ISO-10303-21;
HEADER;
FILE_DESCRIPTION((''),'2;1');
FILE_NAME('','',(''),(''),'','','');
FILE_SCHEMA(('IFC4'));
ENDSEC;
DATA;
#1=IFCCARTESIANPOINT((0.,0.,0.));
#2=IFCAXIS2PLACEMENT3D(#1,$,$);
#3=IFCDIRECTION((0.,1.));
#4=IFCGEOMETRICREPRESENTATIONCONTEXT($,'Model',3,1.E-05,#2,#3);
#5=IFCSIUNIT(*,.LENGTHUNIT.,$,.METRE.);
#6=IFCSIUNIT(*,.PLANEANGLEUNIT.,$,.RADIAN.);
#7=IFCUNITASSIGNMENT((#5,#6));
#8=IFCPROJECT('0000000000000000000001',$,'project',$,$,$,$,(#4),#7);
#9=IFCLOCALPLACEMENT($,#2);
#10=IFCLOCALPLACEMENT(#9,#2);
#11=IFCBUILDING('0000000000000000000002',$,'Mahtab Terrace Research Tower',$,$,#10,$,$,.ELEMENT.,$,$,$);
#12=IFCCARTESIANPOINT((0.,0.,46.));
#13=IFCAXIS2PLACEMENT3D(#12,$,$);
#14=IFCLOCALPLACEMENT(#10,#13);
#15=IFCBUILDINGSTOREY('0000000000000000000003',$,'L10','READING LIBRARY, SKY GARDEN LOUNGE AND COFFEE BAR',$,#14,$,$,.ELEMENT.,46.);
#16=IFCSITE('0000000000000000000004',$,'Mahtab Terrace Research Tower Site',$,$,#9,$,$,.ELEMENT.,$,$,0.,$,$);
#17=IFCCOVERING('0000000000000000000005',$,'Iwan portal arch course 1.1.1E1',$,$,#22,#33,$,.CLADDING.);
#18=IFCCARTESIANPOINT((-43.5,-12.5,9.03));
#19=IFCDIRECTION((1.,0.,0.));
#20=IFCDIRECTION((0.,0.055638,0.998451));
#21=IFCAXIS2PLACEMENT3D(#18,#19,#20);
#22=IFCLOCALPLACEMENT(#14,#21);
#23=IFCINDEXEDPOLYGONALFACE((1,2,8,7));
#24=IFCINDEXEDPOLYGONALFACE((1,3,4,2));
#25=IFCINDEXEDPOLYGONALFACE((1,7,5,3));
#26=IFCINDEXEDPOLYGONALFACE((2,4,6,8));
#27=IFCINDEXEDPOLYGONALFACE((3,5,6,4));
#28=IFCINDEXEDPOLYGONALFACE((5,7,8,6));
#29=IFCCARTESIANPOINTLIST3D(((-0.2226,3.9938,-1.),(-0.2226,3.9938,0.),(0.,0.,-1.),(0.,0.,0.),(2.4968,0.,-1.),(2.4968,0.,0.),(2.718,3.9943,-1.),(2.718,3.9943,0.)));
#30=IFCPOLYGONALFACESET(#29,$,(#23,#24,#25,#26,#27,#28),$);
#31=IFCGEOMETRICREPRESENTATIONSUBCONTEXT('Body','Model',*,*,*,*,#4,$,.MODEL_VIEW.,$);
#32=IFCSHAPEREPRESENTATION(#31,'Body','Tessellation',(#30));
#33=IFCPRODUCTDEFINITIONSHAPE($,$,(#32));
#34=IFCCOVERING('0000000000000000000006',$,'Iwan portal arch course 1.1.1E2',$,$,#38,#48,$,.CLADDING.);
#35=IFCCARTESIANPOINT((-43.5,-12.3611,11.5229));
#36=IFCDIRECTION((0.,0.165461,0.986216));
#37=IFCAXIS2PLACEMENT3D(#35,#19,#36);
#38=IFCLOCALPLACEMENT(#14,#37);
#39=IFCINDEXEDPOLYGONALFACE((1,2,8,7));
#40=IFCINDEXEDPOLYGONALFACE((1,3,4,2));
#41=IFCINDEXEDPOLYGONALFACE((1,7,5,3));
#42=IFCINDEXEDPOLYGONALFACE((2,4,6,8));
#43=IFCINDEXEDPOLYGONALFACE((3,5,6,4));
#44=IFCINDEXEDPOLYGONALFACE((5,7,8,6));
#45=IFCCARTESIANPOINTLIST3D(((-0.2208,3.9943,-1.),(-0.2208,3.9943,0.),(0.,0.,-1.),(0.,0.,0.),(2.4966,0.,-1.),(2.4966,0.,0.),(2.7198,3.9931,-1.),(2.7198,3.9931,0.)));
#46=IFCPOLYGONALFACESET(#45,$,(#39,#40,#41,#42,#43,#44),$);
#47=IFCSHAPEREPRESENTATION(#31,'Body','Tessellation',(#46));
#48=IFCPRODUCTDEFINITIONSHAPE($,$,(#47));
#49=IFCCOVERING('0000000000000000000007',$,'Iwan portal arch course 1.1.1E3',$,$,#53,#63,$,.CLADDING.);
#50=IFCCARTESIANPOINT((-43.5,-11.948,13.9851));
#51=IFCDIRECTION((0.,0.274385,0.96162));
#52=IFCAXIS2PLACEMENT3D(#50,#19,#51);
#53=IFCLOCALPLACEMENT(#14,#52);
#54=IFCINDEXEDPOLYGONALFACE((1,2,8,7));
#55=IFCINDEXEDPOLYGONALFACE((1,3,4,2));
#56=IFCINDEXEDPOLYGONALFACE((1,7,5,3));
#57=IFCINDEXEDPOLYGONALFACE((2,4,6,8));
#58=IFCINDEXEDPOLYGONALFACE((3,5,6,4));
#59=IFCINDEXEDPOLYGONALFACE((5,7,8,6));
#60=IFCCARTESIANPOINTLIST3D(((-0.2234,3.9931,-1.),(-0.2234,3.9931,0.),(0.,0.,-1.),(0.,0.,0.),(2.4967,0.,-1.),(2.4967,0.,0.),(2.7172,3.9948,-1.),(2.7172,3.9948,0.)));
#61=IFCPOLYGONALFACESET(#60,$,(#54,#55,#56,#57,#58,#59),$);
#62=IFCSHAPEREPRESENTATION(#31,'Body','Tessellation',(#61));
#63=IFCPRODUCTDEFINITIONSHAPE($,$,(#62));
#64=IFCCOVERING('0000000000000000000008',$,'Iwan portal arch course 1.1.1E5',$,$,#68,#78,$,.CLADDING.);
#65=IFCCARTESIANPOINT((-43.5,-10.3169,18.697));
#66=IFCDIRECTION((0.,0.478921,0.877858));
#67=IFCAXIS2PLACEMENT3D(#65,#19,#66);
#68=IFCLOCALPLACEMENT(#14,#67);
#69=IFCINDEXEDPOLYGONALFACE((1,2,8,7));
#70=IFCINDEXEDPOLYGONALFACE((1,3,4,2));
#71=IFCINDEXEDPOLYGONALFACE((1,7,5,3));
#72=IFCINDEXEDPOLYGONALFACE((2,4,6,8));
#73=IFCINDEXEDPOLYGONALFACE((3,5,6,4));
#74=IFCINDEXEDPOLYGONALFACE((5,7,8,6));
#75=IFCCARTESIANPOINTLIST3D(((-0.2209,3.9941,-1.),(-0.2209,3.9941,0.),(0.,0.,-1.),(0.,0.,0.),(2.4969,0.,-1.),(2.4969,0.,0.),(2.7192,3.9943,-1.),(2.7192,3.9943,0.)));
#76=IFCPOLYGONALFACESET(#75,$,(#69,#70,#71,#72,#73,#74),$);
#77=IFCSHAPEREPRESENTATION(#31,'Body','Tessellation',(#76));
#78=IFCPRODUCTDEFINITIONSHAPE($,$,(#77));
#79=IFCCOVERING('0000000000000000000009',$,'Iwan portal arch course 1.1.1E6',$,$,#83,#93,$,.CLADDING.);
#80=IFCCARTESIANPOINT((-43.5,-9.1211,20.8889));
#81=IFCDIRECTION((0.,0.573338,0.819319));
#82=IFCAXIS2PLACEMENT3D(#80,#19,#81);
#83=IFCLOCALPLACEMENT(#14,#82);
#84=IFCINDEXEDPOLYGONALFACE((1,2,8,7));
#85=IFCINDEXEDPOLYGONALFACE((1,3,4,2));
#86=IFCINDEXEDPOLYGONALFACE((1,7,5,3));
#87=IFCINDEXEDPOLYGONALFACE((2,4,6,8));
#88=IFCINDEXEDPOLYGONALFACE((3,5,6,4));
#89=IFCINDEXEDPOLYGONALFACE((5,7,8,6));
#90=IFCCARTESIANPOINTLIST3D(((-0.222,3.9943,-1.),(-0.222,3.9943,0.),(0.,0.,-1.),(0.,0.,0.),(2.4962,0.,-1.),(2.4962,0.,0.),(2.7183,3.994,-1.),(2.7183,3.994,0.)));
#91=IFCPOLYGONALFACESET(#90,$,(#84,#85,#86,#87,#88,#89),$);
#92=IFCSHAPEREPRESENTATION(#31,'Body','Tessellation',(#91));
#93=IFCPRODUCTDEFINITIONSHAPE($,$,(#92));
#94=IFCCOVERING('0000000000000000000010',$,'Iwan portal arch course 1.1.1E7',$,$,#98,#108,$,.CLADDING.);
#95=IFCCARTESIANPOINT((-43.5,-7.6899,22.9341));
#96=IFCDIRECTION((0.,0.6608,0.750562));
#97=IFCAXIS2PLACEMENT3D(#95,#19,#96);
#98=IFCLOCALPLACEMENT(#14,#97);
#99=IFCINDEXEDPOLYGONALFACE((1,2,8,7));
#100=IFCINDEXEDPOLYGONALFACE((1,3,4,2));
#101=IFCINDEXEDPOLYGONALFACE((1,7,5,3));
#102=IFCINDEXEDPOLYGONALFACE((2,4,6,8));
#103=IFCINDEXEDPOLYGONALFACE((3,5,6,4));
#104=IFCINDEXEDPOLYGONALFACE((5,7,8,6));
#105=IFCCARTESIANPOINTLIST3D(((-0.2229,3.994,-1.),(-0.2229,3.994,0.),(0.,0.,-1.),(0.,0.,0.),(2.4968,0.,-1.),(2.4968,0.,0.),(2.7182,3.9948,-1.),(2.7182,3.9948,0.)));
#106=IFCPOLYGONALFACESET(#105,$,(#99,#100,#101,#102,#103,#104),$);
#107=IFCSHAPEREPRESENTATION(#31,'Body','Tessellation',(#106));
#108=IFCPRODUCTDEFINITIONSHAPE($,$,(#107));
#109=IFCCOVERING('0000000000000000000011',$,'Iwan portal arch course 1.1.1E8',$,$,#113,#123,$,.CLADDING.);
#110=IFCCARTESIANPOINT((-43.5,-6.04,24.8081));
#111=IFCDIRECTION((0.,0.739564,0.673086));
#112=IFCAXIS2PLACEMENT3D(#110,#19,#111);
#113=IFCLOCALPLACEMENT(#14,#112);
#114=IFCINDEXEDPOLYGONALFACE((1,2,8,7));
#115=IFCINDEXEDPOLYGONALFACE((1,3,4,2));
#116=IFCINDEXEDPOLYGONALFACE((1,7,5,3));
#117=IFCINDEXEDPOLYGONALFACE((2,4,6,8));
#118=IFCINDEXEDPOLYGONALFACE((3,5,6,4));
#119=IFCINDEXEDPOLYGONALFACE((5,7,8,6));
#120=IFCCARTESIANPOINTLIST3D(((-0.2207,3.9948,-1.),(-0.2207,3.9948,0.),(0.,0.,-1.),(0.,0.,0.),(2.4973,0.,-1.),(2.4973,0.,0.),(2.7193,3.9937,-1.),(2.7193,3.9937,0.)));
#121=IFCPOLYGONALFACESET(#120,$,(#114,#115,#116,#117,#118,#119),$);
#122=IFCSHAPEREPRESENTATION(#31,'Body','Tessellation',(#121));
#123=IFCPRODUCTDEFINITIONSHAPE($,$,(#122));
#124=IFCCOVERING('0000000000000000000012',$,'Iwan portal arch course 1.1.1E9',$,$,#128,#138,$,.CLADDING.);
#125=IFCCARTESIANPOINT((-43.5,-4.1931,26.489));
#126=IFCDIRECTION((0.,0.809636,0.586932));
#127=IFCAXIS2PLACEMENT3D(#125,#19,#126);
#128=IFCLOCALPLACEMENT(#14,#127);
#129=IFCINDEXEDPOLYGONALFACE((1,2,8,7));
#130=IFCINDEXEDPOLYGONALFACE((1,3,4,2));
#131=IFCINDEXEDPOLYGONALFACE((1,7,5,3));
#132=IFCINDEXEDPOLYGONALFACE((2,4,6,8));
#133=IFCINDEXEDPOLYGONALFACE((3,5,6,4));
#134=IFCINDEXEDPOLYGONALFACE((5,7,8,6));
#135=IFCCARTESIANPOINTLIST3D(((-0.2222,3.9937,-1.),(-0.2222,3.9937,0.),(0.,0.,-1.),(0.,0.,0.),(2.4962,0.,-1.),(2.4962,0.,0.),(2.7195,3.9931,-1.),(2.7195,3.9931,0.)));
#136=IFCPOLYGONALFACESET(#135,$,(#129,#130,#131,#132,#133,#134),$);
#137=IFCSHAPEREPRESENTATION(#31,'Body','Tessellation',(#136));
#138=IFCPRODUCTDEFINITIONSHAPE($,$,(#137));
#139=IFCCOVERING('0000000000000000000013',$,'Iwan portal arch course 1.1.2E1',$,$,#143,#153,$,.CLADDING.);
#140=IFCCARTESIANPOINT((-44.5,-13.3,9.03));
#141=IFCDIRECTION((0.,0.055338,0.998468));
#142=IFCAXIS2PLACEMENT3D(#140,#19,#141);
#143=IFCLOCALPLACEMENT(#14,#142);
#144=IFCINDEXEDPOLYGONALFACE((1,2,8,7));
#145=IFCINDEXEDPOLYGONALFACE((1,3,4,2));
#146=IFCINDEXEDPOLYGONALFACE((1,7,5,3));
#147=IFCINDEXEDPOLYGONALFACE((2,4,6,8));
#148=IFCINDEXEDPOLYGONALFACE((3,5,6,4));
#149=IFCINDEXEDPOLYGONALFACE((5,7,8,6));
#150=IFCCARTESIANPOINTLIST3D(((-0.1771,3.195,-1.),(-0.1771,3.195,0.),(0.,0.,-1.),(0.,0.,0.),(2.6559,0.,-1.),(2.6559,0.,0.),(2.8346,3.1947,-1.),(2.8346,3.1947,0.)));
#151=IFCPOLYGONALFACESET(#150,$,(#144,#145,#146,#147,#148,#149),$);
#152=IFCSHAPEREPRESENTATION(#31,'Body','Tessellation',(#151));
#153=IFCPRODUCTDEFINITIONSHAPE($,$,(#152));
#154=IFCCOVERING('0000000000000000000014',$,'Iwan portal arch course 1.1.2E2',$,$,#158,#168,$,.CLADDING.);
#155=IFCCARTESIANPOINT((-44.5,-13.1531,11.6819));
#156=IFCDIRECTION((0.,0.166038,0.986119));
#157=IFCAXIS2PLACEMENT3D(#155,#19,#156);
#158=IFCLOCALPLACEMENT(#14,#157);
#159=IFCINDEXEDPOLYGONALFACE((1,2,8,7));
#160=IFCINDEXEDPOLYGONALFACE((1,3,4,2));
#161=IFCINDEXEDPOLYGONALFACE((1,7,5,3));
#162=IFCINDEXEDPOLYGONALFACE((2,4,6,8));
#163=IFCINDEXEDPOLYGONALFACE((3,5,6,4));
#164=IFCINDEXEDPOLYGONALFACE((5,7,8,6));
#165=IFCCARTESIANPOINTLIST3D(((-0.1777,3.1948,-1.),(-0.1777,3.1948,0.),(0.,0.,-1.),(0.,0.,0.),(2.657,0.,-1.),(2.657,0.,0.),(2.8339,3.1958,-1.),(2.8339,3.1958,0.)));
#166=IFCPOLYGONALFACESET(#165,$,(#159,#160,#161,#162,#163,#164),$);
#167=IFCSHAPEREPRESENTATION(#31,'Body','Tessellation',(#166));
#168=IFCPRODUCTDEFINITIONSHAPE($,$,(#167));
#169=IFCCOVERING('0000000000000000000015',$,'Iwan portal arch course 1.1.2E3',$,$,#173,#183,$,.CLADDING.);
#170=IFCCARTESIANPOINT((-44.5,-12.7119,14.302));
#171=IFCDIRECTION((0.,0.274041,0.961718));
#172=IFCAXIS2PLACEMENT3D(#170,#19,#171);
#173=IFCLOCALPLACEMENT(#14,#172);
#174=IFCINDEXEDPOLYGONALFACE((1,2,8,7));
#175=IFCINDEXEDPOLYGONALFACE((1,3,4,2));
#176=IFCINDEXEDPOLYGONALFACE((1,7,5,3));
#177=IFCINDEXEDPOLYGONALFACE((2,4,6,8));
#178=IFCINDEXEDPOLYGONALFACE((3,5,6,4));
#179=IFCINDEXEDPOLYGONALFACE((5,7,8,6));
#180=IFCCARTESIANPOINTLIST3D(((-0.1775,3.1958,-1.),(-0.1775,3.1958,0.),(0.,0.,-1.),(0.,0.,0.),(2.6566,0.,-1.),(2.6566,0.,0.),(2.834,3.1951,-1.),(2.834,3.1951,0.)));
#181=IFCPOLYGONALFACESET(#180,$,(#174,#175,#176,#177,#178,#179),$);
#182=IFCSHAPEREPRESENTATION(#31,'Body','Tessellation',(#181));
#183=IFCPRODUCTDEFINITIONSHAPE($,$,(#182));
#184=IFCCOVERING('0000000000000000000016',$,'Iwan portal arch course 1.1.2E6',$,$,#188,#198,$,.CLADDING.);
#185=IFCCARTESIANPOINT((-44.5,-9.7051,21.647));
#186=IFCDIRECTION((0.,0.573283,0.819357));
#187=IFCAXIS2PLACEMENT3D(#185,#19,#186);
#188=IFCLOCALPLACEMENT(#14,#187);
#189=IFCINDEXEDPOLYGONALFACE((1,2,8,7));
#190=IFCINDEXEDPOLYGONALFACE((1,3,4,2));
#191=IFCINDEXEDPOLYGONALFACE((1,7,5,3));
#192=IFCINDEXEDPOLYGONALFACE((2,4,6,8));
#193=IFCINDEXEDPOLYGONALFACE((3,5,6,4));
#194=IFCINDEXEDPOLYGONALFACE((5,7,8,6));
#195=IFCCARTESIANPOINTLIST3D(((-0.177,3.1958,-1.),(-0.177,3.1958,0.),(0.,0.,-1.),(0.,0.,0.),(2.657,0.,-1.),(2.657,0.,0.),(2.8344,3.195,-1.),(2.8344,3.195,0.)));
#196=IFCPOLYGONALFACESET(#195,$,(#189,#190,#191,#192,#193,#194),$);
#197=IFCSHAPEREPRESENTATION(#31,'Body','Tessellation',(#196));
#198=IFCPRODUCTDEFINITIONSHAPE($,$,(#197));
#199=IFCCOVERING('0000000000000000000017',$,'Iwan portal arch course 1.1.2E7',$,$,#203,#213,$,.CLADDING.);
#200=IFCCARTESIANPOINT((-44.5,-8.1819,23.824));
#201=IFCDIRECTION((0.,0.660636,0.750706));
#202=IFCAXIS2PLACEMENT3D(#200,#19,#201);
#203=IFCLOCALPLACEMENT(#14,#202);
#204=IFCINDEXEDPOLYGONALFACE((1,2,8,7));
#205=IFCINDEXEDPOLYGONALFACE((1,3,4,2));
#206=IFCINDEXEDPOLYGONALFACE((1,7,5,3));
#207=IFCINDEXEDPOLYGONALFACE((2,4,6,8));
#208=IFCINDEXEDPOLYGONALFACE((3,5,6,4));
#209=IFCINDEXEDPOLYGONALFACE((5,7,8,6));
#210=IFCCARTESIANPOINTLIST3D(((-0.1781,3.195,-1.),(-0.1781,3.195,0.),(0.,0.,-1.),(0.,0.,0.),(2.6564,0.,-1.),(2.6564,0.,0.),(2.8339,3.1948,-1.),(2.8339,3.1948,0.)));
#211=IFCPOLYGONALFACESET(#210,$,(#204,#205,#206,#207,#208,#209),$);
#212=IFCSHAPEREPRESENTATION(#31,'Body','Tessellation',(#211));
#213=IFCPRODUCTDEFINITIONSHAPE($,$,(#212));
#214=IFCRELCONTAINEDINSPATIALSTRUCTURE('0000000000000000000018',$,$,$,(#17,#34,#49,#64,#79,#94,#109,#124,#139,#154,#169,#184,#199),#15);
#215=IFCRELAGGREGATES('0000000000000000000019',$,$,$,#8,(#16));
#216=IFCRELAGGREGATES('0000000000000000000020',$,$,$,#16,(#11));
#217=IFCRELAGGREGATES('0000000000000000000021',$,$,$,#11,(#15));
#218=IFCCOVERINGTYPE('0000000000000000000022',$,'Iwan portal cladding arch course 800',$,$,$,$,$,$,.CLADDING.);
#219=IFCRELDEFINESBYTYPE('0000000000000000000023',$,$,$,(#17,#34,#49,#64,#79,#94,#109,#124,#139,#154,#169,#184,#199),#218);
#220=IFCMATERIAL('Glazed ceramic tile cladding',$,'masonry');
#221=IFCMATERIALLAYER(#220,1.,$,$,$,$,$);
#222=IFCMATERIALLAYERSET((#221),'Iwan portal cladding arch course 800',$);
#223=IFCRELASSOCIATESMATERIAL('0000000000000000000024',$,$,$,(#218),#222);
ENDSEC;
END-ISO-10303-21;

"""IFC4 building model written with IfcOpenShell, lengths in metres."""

from ifc_helpers import new_model, si_unit, direction, frame, origin, place, context, subcontext, project, spatial, polyline, outline, extrude, material, layer, layer_set, type_object, element, save


model = new_model("IFC4")

# Units and contexts
model_context = context("Model", 3, precision=1e-05, world=origin(), true_north=direction((0.0, 1.0)))
body_context = subcontext(model_context, "Body", "Model", "MODEL_VIEW")
ifc_project = project(units=[si_unit("LENGTHUNIT", "METRE"), si_unit("PLANEANGLEUNIT", "RADIAN")], contexts=[model_context])

# Site, building, storey
site_placement = place(None, origin())
site = spatial("IfcSite", under=ifc_project, at=site_placement, Name="Mahtab Terrace Research Tower Site", CompositionType="ELEMENT", RefElevation=0.0)
building_placement = place(site_placement, origin())
building = spatial("IfcBuilding", under=site, at=building_placement, Name="Mahtab Terrace Research Tower", CompositionType="ELEMENT")
storey_placement = place(building_placement, frame((0.0, 0.0, 46.0)))
storey = spatial("IfcBuildingStorey", under=building, at=storey_placement, Name="L10", Description="READING LIBRARY, SKY GARDEN LOUNGE AND COFFEE BAR", CompositionType="ELEMENT", Elevation=46.0)

# Coverings
ifc_material_1 = material(Name="Glazed ceramic tile cladding", Category="masonry")
ifc_layer_1 = layer(ifc_material_1, 1.0)
ifc_layer_set_1 = layer_set([ifc_layer_1], Name="Iwan portal cladding arch course 800")
covering_type_1 = type_object("IfcCoveringType", Name="Iwan portal cladding arch course 800", PredefinedType="CLADDING", material=ifc_layer_set_1)
covering_1_placement = place(storey_placement, frame((-43.5, -12.5, 9.03), z_axis=(1.0, 0.0, 0.0), x_axis=(0.0, 0.055638, 0.998451)))
element("IfcCovering", 1, at=covering_1_placement, inside=storey, type_object=covering_type_1, Name="Iwan portal arch course 1.1.1E1", PredefinedType="CLADDING", context=body_context, shape_type="SweptSolid", body=[
    extrude(outline(polyline([(0.0, 0.0), (2.4968, 0.0), (2.718, 3.9943), (-0.2226, 3.9938), (0.0, 0.0)])), origin(), (0.0, 0.0, -1.0), 1.0),
])
covering_2_placement = place(storey_placement, frame((-43.5, -12.3611, 11.5229), z_axis=(1.0, 0.0, 0.0), x_axis=(0.0, 0.165461, 0.986216)))
element("IfcCovering", 2, at=covering_2_placement, inside=storey, type_object=covering_type_1, Name="Iwan portal arch course 1.1.1E2", PredefinedType="CLADDING", context=body_context, shape_type="SweptSolid", body=[
    extrude(outline(polyline([(0.0, 0.0), (2.4966, 0.0), (2.7198, 3.9931), (-0.2208, 3.9943), (0.0, 0.0)])), origin(), (0.0, 0.0, -1.0), 1.0),
])
covering_3_placement = place(storey_placement, frame((-43.5, -11.948, 13.9851), z_axis=(1.0, 0.0, 0.0), x_axis=(0.0, 0.274385, 0.96162)))
element("IfcCovering", 3, at=covering_3_placement, inside=storey, type_object=covering_type_1, Name="Iwan portal arch course 1.1.1E3", PredefinedType="CLADDING", context=body_context, shape_type="SweptSolid", body=[
    extrude(outline(polyline([(0.0, 0.0), (2.4967, 0.0), (2.7172, 3.9948), (-0.2234, 3.9931), (0.0, 0.0)])), origin(), (0.0, 0.0, -1.0), 1.0),
])
covering_4_placement = place(storey_placement, frame((-43.5, -10.3169, 18.697), z_axis=(1.0, 0.0, 0.0), x_axis=(0.0, 0.478921, 0.877858)))
element("IfcCovering", 4, at=covering_4_placement, inside=storey, type_object=covering_type_1, Name="Iwan portal arch course 1.1.1E5", PredefinedType="CLADDING", context=body_context, shape_type="SweptSolid", body=[
    extrude(outline(polyline([(0.0, 0.0), (2.4969, 0.0), (2.7192, 3.9943), (-0.2209, 3.9941), (0.0, 0.0)])), origin(), (0.0, 0.0, -1.0), 1.0),
])
covering_5_placement = place(storey_placement, frame((-43.5, -9.1211, 20.8889), z_axis=(1.0, 0.0, 0.0), x_axis=(0.0, 0.573338, 0.819319)))
element("IfcCovering", 5, at=covering_5_placement, inside=storey, type_object=covering_type_1, Name="Iwan portal arch course 1.1.1E6", PredefinedType="CLADDING", context=body_context, shape_type="SweptSolid", body=[
    extrude(outline(polyline([(0.0, 0.0), (2.4962, 0.0), (2.7183, 3.994), (-0.222, 3.9943), (0.0, 0.0)])), origin(), (0.0, 0.0, -1.0), 1.0),
])
covering_6_placement = place(storey_placement, frame((-43.5, -7.6899, 22.9341), z_axis=(1.0, 0.0, 0.0), x_axis=(0.0, 0.6608, 0.750562)))
element("IfcCovering", 6, at=covering_6_placement, inside=storey, type_object=covering_type_1, Name="Iwan portal arch course 1.1.1E7", PredefinedType="CLADDING", context=body_context, shape_type="SweptSolid", body=[
    extrude(outline(polyline([(0.0, 0.0), (2.4968, 0.0), (2.7182, 3.9948), (-0.2229, 3.994), (0.0, 0.0)])), origin(), (0.0, 0.0, -1.0), 1.0),
])
covering_7_placement = place(storey_placement, frame((-43.5, -6.04, 24.8081), z_axis=(1.0, 0.0, 0.0), x_axis=(0.0, 0.739564, 0.673086)))
element("IfcCovering", 7, at=covering_7_placement, inside=storey, type_object=covering_type_1, Name="Iwan portal arch course 1.1.1E8", PredefinedType="CLADDING", context=body_context, shape_type="SweptSolid", body=[
    extrude(outline(polyline([(0.0, 0.0), (2.4973, 0.0), (2.7193, 3.9937), (-0.2207, 3.9948), (0.0, 0.0)])), origin(), (0.0, 0.0, -1.0), 1.0),
])
covering_8_placement = place(storey_placement, frame((-43.5, -4.1931, 26.489), z_axis=(1.0, 0.0, 0.0), x_axis=(0.0, 0.809636, 0.586932)))
element("IfcCovering", 8, at=covering_8_placement, inside=storey, type_object=covering_type_1, Name="Iwan portal arch course 1.1.1E9", PredefinedType="CLADDING", context=body_context, shape_type="SweptSolid", body=[
    extrude(outline(polyline([(0.0, 0.0), (2.4962, 0.0), (2.7195, 3.9931), (-0.2222, 3.9937), (0.0, 0.0)])), origin(), (0.0, 0.0, -1.0), 1.0),
])
covering_9_placement = place(storey_placement, frame((-44.5, -13.3, 9.03), z_axis=(1.0, 0.0, 0.0), x_axis=(0.0, 0.055338, 0.998468)))
element("IfcCovering", 9, at=covering_9_placement, inside=storey, type_object=covering_type_1, Name="Iwan portal arch course 1.1.2E1", PredefinedType="CLADDING", context=body_context, shape_type="SweptSolid", body=[
    extrude(outline(polyline([(0.0, 0.0), (2.6559, 0.0), (2.8346, 3.1947), (-0.1771, 3.195), (0.0, 0.0)])), origin(), (0.0, 0.0, -1.0), 1.0),
])
covering_10_placement = place(storey_placement, frame((-44.5, -13.1531, 11.6819), z_axis=(1.0, 0.0, 0.0), x_axis=(0.0, 0.166038, 0.986119)))
element("IfcCovering", 10, at=covering_10_placement, inside=storey, type_object=covering_type_1, Name="Iwan portal arch course 1.1.2E2", PredefinedType="CLADDING", context=body_context, shape_type="SweptSolid", body=[
    extrude(outline(polyline([(0.0, 0.0), (2.657, 0.0), (2.8339, 3.1958), (-0.1777, 3.1948), (0.0, 0.0)])), origin(), (0.0, 0.0, -1.0), 1.0),
])
covering_11_placement = place(storey_placement, frame((-44.5, -12.7119, 14.302), z_axis=(1.0, 0.0, 0.0), x_axis=(0.0, 0.274041, 0.961718)))
element("IfcCovering", 11, at=covering_11_placement, inside=storey, type_object=covering_type_1, Name="Iwan portal arch course 1.1.2E3", PredefinedType="CLADDING", context=body_context, shape_type="SweptSolid", body=[
    extrude(outline(polyline([(0.0, 0.0), (2.6566, 0.0), (2.834, 3.1951), (-0.1775, 3.1958), (0.0, 0.0)])), origin(), (0.0, 0.0, -1.0), 1.0),
])
covering_12_placement = place(storey_placement, frame((-44.5, -9.7051, 21.647), z_axis=(1.0, 0.0, 0.0), x_axis=(0.0, 0.573283, 0.819357)))
element("IfcCovering", 12, at=covering_12_placement, inside=storey, type_object=covering_type_1, Name="Iwan portal arch course 1.1.2E6", PredefinedType="CLADDING", context=body_context, shape_type="SweptSolid", body=[
    extrude(outline(polyline([(0.0, 0.0), (2.657, 0.0), (2.8344, 3.195), (-0.177, 3.1958), (0.0, 0.0)])), origin(), (0.0, 0.0, -1.0), 1.0),
])
covering_13_placement = place(storey_placement, frame((-44.5, -8.1819, 23.824), z_axis=(1.0, 0.0, 0.0), x_axis=(0.0, 0.660636, 0.750706)))
element("IfcCovering", 13, at=covering_13_placement, inside=storey, type_object=covering_type_1, Name="Iwan portal arch course 1.1.2E7", PredefinedType="CLADDING", context=body_context, shape_type="SweptSolid", body=[
    extrude(outline(polyline([(0.0, 0.0), (2.6564, 0.0), (2.8339, 3.1948), (-0.1781, 3.195), (0.0, 0.0)])), origin(), (0.0, 0.0, -1.0), 1.0),
])

save(model, "model.ifc")
